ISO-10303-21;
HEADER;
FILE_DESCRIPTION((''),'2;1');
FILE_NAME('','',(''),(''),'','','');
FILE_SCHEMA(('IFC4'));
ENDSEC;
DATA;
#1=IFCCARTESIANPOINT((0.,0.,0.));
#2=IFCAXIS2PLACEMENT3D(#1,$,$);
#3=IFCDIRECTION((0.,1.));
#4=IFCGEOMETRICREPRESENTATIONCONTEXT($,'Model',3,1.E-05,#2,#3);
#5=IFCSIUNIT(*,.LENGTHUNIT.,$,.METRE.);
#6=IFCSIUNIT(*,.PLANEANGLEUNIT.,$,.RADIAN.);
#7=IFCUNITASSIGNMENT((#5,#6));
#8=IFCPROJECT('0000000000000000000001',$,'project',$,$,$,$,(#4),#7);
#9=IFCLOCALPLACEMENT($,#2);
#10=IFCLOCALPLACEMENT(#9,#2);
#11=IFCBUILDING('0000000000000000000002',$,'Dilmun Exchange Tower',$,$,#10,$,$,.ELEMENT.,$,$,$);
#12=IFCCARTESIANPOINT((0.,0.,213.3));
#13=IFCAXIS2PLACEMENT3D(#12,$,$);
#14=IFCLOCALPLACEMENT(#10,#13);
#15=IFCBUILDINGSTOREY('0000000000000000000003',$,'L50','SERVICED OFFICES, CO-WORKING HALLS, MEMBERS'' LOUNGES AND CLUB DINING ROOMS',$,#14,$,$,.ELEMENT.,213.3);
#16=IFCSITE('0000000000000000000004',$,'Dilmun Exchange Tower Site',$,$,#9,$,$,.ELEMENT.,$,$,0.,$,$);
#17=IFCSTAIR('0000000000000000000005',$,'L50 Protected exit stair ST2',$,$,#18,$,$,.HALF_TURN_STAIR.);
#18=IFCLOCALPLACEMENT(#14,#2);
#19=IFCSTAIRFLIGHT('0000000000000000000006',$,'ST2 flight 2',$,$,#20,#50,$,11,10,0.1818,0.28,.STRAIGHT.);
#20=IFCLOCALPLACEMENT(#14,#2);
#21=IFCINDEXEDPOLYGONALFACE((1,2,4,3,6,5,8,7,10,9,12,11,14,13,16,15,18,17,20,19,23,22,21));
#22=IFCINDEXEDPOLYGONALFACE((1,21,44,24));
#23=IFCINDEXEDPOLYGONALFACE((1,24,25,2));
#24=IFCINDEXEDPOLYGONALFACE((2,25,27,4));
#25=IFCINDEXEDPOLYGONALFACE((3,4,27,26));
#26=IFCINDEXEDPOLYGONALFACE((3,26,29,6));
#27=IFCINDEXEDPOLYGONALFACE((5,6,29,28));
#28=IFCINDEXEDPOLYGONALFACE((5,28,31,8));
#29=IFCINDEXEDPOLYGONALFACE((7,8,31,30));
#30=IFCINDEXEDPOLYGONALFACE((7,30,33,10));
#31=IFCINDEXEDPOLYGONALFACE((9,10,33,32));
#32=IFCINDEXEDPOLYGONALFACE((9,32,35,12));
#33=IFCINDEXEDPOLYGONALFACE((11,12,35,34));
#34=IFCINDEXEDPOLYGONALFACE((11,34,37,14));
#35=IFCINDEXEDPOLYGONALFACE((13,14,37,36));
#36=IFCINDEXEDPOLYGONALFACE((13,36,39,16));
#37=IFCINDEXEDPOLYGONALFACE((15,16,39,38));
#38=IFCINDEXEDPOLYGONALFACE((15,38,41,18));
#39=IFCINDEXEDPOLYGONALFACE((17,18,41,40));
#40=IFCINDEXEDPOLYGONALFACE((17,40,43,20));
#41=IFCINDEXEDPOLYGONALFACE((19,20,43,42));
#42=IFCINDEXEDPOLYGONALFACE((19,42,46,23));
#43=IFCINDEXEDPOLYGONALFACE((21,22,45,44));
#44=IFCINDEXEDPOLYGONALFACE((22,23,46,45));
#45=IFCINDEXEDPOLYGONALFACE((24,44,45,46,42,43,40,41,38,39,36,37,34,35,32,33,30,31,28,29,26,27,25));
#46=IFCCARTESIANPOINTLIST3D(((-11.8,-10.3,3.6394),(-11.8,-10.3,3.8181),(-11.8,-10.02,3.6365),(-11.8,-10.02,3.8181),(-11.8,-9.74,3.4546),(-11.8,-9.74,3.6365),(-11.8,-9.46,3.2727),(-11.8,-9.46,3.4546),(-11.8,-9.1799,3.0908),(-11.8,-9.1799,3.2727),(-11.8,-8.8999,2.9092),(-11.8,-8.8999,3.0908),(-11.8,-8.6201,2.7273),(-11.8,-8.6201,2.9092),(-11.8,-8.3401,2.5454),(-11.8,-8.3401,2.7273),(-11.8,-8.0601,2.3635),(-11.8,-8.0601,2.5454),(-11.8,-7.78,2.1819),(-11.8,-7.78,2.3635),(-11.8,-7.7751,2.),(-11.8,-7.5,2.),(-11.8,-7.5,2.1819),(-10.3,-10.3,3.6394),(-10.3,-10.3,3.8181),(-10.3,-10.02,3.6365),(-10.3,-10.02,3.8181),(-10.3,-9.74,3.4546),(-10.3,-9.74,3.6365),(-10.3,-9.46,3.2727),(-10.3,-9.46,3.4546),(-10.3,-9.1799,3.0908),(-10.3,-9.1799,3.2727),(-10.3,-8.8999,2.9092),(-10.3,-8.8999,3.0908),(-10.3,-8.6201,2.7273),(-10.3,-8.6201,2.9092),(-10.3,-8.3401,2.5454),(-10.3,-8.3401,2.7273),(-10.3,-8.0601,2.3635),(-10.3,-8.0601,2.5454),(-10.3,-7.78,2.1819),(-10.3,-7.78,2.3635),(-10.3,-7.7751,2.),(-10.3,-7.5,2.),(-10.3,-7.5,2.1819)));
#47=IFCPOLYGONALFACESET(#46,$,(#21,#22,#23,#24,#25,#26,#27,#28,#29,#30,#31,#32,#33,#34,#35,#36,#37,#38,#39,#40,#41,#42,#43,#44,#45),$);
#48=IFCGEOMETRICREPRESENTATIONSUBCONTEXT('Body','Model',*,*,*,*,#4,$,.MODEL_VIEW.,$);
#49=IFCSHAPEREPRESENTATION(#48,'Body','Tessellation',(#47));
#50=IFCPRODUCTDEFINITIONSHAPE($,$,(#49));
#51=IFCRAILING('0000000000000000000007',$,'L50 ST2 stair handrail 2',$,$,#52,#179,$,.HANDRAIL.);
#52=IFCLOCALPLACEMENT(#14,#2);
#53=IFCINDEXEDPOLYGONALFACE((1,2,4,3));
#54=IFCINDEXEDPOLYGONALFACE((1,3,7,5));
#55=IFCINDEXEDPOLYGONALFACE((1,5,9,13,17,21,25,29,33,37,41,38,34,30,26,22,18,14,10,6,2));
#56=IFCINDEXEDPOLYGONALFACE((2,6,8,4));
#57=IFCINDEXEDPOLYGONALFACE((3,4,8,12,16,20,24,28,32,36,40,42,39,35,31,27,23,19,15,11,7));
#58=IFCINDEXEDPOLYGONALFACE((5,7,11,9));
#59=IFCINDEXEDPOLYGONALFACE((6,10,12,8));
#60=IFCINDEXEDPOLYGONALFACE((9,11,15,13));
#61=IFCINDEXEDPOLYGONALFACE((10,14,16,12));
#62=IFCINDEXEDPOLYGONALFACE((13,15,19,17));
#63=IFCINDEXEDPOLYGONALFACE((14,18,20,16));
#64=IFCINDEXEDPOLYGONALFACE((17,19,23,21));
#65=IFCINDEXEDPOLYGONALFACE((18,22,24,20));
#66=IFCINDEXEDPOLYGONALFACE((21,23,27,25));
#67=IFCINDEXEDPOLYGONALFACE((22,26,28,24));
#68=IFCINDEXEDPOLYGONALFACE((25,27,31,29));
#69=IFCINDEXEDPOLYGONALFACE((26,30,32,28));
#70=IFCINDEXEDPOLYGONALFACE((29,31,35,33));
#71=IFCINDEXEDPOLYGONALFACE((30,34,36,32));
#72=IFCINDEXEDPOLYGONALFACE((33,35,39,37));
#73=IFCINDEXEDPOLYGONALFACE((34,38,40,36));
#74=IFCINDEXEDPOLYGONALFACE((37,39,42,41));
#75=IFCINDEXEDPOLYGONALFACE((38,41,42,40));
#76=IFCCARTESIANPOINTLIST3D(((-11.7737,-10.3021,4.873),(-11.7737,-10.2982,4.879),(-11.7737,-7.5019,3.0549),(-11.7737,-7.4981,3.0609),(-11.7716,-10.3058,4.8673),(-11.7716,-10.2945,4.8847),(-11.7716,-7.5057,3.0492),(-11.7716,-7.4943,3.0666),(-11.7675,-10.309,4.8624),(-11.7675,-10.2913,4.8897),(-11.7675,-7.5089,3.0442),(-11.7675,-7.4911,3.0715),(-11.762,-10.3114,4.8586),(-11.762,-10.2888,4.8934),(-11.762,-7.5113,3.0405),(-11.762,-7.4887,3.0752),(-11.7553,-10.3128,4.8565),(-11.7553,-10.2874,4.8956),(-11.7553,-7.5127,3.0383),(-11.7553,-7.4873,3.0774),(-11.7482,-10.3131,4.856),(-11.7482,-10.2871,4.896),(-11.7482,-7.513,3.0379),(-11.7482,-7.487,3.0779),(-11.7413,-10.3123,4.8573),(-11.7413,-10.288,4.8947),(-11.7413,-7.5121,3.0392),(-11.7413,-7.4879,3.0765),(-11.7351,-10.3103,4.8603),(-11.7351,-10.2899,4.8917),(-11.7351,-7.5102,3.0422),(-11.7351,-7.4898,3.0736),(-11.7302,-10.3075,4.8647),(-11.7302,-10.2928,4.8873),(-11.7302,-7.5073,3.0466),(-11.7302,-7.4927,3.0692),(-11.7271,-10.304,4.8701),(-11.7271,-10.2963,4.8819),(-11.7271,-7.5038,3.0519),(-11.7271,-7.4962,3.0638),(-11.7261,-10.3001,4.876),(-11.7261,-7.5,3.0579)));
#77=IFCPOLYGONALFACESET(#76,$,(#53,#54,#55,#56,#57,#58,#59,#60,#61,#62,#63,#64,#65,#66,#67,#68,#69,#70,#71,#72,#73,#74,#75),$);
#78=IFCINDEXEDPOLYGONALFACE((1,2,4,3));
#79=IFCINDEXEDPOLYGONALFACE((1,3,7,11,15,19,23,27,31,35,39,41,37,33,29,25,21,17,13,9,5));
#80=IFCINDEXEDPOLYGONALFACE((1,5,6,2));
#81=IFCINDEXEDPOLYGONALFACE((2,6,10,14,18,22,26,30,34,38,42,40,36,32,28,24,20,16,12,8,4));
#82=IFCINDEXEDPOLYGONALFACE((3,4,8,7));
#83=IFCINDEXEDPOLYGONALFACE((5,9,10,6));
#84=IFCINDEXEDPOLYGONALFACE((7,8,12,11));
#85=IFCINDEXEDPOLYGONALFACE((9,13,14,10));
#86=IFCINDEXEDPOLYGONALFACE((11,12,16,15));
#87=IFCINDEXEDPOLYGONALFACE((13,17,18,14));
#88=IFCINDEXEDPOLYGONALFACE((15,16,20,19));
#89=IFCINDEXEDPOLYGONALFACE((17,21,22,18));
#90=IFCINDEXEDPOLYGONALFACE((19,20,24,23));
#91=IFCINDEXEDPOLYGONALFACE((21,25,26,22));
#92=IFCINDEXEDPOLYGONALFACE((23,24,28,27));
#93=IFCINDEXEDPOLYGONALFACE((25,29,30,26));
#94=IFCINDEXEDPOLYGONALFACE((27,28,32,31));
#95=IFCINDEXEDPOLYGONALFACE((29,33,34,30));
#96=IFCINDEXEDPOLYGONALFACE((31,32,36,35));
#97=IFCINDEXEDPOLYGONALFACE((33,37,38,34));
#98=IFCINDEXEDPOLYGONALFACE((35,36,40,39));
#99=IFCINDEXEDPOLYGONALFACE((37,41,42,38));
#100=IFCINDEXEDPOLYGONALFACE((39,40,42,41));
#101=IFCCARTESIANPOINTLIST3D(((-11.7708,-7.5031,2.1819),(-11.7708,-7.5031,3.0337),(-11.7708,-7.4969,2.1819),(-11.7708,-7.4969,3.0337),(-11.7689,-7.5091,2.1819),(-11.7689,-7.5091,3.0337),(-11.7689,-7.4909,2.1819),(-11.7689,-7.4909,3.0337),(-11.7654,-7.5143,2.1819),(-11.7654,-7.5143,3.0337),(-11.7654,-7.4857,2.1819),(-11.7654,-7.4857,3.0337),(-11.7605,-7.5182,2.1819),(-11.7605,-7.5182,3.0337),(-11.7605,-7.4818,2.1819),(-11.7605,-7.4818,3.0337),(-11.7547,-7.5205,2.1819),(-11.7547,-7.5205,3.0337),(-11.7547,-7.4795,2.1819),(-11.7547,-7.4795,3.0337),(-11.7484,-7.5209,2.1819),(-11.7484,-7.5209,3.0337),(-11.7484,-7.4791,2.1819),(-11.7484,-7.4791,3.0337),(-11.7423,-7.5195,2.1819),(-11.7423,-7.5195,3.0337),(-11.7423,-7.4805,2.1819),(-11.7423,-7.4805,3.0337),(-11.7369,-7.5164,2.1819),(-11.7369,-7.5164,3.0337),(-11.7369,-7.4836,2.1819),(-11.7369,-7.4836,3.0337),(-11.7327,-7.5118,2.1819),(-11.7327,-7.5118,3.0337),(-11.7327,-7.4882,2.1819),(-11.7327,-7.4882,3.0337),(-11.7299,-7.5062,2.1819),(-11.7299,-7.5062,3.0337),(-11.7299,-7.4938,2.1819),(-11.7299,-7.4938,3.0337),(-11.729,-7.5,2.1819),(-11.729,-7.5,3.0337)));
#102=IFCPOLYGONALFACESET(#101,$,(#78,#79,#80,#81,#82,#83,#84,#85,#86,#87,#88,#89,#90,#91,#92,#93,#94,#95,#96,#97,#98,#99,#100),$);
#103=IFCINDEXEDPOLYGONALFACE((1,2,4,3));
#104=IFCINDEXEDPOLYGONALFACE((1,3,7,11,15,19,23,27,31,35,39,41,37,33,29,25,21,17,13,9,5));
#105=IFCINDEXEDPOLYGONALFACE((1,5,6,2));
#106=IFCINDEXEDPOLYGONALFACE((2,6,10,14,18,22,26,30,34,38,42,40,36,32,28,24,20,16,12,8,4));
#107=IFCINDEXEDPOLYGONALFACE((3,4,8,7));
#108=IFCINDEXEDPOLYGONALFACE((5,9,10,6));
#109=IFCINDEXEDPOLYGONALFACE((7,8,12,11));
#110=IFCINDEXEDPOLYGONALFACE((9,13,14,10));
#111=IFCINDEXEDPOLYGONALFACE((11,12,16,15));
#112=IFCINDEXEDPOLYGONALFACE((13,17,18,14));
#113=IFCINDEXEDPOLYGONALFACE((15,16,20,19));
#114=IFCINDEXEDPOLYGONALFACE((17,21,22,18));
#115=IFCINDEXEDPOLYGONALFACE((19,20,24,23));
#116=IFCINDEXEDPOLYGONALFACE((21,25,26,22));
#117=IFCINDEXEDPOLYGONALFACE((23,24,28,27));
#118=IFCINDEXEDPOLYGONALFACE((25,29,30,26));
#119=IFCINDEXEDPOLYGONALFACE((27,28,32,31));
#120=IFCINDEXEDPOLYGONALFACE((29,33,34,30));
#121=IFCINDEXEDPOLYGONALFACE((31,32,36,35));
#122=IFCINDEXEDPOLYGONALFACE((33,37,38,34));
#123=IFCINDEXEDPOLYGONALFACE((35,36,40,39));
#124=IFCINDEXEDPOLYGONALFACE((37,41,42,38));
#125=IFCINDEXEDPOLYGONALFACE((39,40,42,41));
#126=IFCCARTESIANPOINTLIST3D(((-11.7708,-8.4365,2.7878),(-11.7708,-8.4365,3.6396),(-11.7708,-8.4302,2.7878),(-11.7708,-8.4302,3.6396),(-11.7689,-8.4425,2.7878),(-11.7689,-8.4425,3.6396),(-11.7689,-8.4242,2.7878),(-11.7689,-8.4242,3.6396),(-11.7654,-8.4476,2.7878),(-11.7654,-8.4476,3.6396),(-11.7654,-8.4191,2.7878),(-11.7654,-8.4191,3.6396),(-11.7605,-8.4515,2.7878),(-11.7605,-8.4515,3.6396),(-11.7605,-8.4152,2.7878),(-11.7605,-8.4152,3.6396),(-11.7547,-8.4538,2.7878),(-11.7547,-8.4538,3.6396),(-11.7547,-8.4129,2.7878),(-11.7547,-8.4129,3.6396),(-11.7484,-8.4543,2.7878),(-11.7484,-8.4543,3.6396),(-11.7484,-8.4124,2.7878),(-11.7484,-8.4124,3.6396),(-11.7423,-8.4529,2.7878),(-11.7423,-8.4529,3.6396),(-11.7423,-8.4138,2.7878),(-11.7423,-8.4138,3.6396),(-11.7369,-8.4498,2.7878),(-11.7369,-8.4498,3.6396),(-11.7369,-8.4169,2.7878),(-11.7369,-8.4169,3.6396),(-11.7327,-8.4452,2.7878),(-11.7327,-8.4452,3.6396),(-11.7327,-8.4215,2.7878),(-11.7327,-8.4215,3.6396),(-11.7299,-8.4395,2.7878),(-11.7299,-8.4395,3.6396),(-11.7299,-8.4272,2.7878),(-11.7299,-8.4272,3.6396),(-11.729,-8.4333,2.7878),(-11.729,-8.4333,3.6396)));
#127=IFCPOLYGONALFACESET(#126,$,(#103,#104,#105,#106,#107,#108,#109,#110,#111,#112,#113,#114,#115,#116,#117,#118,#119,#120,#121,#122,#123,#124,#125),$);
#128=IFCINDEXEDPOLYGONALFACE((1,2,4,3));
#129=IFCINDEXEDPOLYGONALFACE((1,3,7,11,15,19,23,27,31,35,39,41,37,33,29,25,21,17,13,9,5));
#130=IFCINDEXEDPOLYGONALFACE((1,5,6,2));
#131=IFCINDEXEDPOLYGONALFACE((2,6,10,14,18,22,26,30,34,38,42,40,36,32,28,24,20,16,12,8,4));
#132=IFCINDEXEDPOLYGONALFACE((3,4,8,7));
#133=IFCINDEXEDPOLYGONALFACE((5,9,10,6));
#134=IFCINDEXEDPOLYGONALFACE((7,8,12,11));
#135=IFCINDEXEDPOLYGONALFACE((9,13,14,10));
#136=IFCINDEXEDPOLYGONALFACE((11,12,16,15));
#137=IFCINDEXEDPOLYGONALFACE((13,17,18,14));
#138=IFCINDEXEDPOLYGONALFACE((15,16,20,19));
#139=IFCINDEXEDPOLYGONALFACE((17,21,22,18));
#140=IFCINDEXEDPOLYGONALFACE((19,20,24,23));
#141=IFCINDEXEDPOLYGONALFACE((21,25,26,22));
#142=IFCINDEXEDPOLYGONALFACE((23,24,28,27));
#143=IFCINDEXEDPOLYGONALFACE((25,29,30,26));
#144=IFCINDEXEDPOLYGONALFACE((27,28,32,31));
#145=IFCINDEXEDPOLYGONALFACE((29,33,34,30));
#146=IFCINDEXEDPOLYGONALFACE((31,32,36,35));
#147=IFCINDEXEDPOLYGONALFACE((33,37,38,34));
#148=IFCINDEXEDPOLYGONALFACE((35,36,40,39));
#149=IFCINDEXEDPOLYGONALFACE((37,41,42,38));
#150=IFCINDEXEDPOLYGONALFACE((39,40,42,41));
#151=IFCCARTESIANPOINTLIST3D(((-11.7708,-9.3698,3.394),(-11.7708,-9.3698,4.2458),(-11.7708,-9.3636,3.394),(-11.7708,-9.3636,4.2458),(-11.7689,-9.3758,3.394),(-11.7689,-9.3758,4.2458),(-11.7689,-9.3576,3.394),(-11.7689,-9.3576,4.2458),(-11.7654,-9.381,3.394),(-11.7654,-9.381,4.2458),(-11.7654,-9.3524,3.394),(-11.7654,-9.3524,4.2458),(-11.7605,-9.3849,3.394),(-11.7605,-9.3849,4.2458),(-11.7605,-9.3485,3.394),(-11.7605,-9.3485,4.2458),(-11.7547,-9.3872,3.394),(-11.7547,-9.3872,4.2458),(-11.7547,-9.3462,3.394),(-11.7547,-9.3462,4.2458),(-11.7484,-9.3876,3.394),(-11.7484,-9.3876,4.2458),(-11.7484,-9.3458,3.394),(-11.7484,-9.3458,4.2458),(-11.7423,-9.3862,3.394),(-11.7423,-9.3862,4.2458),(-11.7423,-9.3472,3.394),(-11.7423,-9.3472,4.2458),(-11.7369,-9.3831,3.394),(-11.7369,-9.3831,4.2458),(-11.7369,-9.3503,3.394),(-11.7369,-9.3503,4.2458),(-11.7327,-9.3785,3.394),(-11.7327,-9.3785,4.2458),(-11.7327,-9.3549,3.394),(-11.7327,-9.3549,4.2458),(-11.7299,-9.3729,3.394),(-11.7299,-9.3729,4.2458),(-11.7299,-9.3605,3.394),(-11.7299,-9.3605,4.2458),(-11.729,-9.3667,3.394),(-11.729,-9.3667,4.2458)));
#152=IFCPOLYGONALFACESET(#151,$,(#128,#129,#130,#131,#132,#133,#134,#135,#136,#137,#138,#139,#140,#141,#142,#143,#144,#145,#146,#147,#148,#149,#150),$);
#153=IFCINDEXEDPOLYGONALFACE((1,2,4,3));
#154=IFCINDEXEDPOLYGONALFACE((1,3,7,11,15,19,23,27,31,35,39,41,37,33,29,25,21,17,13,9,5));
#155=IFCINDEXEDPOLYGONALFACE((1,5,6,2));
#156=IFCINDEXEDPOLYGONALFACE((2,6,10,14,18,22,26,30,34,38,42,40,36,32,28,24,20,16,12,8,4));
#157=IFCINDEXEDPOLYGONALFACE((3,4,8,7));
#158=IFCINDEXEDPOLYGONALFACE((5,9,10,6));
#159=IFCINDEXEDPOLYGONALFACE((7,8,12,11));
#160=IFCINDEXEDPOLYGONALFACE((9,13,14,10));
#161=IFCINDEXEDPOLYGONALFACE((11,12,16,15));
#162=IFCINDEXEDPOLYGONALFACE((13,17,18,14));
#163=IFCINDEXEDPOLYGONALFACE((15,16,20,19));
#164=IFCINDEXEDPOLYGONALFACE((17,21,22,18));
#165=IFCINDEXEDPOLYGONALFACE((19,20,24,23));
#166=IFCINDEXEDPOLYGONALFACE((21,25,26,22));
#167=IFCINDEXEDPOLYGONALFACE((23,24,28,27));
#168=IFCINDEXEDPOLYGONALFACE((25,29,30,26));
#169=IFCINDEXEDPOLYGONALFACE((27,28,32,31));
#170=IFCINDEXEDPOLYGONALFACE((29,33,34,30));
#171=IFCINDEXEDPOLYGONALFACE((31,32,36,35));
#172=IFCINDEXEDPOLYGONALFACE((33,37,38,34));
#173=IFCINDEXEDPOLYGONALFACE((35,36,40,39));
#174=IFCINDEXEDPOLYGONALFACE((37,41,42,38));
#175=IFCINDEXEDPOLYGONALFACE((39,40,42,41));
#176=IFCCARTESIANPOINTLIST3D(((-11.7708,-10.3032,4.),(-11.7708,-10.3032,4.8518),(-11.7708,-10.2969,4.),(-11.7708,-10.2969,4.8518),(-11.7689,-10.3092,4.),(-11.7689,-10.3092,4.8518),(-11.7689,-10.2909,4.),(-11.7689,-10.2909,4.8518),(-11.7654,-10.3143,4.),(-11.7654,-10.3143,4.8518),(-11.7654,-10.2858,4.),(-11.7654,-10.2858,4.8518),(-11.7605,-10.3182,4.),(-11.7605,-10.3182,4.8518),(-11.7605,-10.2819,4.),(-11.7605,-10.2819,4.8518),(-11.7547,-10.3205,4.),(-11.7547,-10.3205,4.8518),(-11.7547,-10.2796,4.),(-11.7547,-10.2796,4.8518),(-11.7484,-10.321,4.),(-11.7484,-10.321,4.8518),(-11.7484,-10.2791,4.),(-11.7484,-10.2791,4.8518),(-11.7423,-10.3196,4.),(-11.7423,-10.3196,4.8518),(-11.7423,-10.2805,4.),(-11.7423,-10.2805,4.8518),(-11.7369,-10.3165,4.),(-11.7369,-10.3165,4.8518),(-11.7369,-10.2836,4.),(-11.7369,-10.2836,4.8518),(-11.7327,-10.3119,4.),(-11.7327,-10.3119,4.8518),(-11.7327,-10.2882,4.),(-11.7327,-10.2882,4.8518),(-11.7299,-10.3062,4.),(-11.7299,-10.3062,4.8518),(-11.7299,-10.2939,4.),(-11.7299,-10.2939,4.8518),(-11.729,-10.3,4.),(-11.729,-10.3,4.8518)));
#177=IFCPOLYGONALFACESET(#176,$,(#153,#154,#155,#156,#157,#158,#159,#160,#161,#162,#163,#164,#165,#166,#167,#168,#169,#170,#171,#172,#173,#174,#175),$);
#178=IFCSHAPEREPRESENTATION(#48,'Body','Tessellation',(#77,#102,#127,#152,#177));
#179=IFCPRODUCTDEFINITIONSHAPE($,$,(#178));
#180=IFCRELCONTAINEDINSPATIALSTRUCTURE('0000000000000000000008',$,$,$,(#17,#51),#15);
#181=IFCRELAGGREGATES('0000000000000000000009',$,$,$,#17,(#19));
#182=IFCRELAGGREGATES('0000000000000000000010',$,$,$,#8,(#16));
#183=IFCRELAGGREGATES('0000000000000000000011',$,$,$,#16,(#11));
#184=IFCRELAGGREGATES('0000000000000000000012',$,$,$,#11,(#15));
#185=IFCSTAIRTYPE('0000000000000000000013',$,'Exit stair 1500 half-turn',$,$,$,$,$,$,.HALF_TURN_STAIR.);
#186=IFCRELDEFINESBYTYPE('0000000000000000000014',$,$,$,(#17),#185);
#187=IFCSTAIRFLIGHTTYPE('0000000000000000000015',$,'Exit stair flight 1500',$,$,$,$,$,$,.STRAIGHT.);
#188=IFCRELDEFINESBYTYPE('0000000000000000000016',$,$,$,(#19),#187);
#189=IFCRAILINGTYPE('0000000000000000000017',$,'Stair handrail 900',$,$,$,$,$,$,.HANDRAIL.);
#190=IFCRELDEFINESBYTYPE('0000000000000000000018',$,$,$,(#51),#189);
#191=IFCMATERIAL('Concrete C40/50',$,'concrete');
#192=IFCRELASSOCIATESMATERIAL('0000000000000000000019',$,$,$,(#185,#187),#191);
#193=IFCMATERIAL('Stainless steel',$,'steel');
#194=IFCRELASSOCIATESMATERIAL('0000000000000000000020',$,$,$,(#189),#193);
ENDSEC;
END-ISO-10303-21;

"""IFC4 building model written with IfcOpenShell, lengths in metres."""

from ifc_helpers import new_model, si_unit, direction, frame, origin, origin_2d, place, context, subcontext, project, spatial, polyline, circle, outline, extrude, material, type_object, element, aggregate, save


model = new_model("IFC4")

# Units and contexts
model_context = context("Model", 3, precision=1e-05, world=origin(), true_north=direction((0.0, 1.0)))
body_context = subcontext(model_context, "Body", "Model", "MODEL_VIEW")
ifc_project = project(units=[si_unit("LENGTHUNIT", "METRE"), si_unit("PLANEANGLEUNIT", "RADIAN")], contexts=[model_context])

# Site, building, storey
site_placement = place(None, origin())
site = spatial("IfcSite", under=ifc_project, at=site_placement, Name="Dilmun Exchange Tower Site", CompositionType="ELEMENT", RefElevation=0.0)
building_placement = place(site_placement, origin())
building = spatial("IfcBuilding", under=site, at=building_placement, Name="Dilmun Exchange Tower", CompositionType="ELEMENT")
storey_placement = place(building_placement, frame((0.0, 0.0, 213.3)))
storey = spatial("IfcBuildingStorey", under=building, at=storey_placement, Name="L50", Description="SERVICED OFFICES, CO-WORKING HALLS, MEMBERS' LOUNGES AND CLUB DINING ROOMS", CompositionType="ELEMENT", Elevation=213.3)

# Shared definitions
ifc_material_1 = material(Name="Concrete C40/50", Category="concrete")

# Stair, stair flight
stair_type = type_object("IfcStairType", Name="Exit stair 1500 half-turn", PredefinedType="HALF_TURN_STAIR", material=ifc_material_1)
stair_placement = place(storey_placement, origin())
stair = element("IfcStair", 1, at=stair_placement, inside=storey, type_object=stair_type, Name="L50 Protected exit stair ST2", PredefinedType="HALF_TURN_STAIR")
stair_flight_type = type_object("IfcStairFlightType", Name="Exit stair flight 1500", PredefinedType="STRAIGHT", material=ifc_material_1)
stair_flight_placement = place(storey_placement, frame((-11.05, -7.5, 2.0), z_axis=(0.0, 0.0, 1.0), x_axis=(0.0, -1.0, 0.0)))
stair_flight = element("IfcStairFlight", 2, at=stair_flight_placement, type_object=stair_flight_type, Name="ST2 flight 2", NumberOfRisers=11, NumberOfTreads=10, PredefinedType="STRAIGHT", RiserHeight=0.1818, TreadLength=0.28, context=body_context, shape_type="SweptSolid", body=[
    extrude(outline(polyline([(0.0, 0.0), (0.0, 0.1819), (0.28, 0.1819), (0.28, 0.3635), (0.5601, 0.3635), (0.5601, 0.5454), (0.8401, 0.5454), (0.8401, 0.7273), (1.1201, 0.7273), (1.1201, 0.9092), (1.3999, 0.9092), (1.3999, 1.0908), (1.6799, 1.0908), (1.6799, 1.2727), (1.96, 1.2727), (1.96, 1.4546), (2.24, 1.4546), (2.24, 1.6365), (2.52, 1.6365), (2.52, 1.8181), (2.8, 1.8181), (2.8, 2.0), (2.8, 1.6394), (0.2751, 0.0), (0.0, 0.0)])), frame((0.0, 0.75, 0.0), z_axis=(0.0, -1.0, 0.0), x_axis=(1.0, 0.0, 0.0)), (0.0, 0.0, 1.0), 1.5),
])
aggregate(stair, [stair_flight])

# Railing
ifc_material_2 = material(Name="Stainless steel", Category="steel")
railing_type = type_object("IfcRailingType", Name="Stair handrail 900", PredefinedType="HANDRAIL", material=ifc_material_2)
railing_placement = place(storey_placement, frame((-11.75, -7.5, 2.1819)))
element("IfcRailing", 3, at=railing_placement, inside=storey, type_object=railing_type, Name="L50 ST2 stair handrail 2", PredefinedType="HANDRAIL", context=body_context, shape_type="SweptSolid", body=[
    extrude(circle(Radius=0.0239, at=origin_2d()), frame((0.0, 0.0, 0.876), z_axis=(0.0, -0.838706, 0.544585), x_axis=(1.0, 0.0, 0.0)), (0.0, 0.0, 1.0), 3.3386),
    extrude(circle(Radius=0.021, at=origin_2d()), origin(), (0.0, 0.0, 1.0), 0.8518),
    extrude(circle(Radius=0.021, at=origin_2d()), frame((0.0, -0.9333, 0.606)), (0.0, 0.0, 1.0), 0.8518),
    extrude(circle(Radius=0.021, at=origin_2d()), frame((0.0, -1.8667, 1.2122)), (0.0, 0.0, 1.0), 0.8518),
    extrude(circle(Radius=0.021, at=origin_2d()), frame((0.0, -2.8, 1.8181)), (0.0, 0.0, 1.0), 0.8518),
])

save(model, "model.ifc")
